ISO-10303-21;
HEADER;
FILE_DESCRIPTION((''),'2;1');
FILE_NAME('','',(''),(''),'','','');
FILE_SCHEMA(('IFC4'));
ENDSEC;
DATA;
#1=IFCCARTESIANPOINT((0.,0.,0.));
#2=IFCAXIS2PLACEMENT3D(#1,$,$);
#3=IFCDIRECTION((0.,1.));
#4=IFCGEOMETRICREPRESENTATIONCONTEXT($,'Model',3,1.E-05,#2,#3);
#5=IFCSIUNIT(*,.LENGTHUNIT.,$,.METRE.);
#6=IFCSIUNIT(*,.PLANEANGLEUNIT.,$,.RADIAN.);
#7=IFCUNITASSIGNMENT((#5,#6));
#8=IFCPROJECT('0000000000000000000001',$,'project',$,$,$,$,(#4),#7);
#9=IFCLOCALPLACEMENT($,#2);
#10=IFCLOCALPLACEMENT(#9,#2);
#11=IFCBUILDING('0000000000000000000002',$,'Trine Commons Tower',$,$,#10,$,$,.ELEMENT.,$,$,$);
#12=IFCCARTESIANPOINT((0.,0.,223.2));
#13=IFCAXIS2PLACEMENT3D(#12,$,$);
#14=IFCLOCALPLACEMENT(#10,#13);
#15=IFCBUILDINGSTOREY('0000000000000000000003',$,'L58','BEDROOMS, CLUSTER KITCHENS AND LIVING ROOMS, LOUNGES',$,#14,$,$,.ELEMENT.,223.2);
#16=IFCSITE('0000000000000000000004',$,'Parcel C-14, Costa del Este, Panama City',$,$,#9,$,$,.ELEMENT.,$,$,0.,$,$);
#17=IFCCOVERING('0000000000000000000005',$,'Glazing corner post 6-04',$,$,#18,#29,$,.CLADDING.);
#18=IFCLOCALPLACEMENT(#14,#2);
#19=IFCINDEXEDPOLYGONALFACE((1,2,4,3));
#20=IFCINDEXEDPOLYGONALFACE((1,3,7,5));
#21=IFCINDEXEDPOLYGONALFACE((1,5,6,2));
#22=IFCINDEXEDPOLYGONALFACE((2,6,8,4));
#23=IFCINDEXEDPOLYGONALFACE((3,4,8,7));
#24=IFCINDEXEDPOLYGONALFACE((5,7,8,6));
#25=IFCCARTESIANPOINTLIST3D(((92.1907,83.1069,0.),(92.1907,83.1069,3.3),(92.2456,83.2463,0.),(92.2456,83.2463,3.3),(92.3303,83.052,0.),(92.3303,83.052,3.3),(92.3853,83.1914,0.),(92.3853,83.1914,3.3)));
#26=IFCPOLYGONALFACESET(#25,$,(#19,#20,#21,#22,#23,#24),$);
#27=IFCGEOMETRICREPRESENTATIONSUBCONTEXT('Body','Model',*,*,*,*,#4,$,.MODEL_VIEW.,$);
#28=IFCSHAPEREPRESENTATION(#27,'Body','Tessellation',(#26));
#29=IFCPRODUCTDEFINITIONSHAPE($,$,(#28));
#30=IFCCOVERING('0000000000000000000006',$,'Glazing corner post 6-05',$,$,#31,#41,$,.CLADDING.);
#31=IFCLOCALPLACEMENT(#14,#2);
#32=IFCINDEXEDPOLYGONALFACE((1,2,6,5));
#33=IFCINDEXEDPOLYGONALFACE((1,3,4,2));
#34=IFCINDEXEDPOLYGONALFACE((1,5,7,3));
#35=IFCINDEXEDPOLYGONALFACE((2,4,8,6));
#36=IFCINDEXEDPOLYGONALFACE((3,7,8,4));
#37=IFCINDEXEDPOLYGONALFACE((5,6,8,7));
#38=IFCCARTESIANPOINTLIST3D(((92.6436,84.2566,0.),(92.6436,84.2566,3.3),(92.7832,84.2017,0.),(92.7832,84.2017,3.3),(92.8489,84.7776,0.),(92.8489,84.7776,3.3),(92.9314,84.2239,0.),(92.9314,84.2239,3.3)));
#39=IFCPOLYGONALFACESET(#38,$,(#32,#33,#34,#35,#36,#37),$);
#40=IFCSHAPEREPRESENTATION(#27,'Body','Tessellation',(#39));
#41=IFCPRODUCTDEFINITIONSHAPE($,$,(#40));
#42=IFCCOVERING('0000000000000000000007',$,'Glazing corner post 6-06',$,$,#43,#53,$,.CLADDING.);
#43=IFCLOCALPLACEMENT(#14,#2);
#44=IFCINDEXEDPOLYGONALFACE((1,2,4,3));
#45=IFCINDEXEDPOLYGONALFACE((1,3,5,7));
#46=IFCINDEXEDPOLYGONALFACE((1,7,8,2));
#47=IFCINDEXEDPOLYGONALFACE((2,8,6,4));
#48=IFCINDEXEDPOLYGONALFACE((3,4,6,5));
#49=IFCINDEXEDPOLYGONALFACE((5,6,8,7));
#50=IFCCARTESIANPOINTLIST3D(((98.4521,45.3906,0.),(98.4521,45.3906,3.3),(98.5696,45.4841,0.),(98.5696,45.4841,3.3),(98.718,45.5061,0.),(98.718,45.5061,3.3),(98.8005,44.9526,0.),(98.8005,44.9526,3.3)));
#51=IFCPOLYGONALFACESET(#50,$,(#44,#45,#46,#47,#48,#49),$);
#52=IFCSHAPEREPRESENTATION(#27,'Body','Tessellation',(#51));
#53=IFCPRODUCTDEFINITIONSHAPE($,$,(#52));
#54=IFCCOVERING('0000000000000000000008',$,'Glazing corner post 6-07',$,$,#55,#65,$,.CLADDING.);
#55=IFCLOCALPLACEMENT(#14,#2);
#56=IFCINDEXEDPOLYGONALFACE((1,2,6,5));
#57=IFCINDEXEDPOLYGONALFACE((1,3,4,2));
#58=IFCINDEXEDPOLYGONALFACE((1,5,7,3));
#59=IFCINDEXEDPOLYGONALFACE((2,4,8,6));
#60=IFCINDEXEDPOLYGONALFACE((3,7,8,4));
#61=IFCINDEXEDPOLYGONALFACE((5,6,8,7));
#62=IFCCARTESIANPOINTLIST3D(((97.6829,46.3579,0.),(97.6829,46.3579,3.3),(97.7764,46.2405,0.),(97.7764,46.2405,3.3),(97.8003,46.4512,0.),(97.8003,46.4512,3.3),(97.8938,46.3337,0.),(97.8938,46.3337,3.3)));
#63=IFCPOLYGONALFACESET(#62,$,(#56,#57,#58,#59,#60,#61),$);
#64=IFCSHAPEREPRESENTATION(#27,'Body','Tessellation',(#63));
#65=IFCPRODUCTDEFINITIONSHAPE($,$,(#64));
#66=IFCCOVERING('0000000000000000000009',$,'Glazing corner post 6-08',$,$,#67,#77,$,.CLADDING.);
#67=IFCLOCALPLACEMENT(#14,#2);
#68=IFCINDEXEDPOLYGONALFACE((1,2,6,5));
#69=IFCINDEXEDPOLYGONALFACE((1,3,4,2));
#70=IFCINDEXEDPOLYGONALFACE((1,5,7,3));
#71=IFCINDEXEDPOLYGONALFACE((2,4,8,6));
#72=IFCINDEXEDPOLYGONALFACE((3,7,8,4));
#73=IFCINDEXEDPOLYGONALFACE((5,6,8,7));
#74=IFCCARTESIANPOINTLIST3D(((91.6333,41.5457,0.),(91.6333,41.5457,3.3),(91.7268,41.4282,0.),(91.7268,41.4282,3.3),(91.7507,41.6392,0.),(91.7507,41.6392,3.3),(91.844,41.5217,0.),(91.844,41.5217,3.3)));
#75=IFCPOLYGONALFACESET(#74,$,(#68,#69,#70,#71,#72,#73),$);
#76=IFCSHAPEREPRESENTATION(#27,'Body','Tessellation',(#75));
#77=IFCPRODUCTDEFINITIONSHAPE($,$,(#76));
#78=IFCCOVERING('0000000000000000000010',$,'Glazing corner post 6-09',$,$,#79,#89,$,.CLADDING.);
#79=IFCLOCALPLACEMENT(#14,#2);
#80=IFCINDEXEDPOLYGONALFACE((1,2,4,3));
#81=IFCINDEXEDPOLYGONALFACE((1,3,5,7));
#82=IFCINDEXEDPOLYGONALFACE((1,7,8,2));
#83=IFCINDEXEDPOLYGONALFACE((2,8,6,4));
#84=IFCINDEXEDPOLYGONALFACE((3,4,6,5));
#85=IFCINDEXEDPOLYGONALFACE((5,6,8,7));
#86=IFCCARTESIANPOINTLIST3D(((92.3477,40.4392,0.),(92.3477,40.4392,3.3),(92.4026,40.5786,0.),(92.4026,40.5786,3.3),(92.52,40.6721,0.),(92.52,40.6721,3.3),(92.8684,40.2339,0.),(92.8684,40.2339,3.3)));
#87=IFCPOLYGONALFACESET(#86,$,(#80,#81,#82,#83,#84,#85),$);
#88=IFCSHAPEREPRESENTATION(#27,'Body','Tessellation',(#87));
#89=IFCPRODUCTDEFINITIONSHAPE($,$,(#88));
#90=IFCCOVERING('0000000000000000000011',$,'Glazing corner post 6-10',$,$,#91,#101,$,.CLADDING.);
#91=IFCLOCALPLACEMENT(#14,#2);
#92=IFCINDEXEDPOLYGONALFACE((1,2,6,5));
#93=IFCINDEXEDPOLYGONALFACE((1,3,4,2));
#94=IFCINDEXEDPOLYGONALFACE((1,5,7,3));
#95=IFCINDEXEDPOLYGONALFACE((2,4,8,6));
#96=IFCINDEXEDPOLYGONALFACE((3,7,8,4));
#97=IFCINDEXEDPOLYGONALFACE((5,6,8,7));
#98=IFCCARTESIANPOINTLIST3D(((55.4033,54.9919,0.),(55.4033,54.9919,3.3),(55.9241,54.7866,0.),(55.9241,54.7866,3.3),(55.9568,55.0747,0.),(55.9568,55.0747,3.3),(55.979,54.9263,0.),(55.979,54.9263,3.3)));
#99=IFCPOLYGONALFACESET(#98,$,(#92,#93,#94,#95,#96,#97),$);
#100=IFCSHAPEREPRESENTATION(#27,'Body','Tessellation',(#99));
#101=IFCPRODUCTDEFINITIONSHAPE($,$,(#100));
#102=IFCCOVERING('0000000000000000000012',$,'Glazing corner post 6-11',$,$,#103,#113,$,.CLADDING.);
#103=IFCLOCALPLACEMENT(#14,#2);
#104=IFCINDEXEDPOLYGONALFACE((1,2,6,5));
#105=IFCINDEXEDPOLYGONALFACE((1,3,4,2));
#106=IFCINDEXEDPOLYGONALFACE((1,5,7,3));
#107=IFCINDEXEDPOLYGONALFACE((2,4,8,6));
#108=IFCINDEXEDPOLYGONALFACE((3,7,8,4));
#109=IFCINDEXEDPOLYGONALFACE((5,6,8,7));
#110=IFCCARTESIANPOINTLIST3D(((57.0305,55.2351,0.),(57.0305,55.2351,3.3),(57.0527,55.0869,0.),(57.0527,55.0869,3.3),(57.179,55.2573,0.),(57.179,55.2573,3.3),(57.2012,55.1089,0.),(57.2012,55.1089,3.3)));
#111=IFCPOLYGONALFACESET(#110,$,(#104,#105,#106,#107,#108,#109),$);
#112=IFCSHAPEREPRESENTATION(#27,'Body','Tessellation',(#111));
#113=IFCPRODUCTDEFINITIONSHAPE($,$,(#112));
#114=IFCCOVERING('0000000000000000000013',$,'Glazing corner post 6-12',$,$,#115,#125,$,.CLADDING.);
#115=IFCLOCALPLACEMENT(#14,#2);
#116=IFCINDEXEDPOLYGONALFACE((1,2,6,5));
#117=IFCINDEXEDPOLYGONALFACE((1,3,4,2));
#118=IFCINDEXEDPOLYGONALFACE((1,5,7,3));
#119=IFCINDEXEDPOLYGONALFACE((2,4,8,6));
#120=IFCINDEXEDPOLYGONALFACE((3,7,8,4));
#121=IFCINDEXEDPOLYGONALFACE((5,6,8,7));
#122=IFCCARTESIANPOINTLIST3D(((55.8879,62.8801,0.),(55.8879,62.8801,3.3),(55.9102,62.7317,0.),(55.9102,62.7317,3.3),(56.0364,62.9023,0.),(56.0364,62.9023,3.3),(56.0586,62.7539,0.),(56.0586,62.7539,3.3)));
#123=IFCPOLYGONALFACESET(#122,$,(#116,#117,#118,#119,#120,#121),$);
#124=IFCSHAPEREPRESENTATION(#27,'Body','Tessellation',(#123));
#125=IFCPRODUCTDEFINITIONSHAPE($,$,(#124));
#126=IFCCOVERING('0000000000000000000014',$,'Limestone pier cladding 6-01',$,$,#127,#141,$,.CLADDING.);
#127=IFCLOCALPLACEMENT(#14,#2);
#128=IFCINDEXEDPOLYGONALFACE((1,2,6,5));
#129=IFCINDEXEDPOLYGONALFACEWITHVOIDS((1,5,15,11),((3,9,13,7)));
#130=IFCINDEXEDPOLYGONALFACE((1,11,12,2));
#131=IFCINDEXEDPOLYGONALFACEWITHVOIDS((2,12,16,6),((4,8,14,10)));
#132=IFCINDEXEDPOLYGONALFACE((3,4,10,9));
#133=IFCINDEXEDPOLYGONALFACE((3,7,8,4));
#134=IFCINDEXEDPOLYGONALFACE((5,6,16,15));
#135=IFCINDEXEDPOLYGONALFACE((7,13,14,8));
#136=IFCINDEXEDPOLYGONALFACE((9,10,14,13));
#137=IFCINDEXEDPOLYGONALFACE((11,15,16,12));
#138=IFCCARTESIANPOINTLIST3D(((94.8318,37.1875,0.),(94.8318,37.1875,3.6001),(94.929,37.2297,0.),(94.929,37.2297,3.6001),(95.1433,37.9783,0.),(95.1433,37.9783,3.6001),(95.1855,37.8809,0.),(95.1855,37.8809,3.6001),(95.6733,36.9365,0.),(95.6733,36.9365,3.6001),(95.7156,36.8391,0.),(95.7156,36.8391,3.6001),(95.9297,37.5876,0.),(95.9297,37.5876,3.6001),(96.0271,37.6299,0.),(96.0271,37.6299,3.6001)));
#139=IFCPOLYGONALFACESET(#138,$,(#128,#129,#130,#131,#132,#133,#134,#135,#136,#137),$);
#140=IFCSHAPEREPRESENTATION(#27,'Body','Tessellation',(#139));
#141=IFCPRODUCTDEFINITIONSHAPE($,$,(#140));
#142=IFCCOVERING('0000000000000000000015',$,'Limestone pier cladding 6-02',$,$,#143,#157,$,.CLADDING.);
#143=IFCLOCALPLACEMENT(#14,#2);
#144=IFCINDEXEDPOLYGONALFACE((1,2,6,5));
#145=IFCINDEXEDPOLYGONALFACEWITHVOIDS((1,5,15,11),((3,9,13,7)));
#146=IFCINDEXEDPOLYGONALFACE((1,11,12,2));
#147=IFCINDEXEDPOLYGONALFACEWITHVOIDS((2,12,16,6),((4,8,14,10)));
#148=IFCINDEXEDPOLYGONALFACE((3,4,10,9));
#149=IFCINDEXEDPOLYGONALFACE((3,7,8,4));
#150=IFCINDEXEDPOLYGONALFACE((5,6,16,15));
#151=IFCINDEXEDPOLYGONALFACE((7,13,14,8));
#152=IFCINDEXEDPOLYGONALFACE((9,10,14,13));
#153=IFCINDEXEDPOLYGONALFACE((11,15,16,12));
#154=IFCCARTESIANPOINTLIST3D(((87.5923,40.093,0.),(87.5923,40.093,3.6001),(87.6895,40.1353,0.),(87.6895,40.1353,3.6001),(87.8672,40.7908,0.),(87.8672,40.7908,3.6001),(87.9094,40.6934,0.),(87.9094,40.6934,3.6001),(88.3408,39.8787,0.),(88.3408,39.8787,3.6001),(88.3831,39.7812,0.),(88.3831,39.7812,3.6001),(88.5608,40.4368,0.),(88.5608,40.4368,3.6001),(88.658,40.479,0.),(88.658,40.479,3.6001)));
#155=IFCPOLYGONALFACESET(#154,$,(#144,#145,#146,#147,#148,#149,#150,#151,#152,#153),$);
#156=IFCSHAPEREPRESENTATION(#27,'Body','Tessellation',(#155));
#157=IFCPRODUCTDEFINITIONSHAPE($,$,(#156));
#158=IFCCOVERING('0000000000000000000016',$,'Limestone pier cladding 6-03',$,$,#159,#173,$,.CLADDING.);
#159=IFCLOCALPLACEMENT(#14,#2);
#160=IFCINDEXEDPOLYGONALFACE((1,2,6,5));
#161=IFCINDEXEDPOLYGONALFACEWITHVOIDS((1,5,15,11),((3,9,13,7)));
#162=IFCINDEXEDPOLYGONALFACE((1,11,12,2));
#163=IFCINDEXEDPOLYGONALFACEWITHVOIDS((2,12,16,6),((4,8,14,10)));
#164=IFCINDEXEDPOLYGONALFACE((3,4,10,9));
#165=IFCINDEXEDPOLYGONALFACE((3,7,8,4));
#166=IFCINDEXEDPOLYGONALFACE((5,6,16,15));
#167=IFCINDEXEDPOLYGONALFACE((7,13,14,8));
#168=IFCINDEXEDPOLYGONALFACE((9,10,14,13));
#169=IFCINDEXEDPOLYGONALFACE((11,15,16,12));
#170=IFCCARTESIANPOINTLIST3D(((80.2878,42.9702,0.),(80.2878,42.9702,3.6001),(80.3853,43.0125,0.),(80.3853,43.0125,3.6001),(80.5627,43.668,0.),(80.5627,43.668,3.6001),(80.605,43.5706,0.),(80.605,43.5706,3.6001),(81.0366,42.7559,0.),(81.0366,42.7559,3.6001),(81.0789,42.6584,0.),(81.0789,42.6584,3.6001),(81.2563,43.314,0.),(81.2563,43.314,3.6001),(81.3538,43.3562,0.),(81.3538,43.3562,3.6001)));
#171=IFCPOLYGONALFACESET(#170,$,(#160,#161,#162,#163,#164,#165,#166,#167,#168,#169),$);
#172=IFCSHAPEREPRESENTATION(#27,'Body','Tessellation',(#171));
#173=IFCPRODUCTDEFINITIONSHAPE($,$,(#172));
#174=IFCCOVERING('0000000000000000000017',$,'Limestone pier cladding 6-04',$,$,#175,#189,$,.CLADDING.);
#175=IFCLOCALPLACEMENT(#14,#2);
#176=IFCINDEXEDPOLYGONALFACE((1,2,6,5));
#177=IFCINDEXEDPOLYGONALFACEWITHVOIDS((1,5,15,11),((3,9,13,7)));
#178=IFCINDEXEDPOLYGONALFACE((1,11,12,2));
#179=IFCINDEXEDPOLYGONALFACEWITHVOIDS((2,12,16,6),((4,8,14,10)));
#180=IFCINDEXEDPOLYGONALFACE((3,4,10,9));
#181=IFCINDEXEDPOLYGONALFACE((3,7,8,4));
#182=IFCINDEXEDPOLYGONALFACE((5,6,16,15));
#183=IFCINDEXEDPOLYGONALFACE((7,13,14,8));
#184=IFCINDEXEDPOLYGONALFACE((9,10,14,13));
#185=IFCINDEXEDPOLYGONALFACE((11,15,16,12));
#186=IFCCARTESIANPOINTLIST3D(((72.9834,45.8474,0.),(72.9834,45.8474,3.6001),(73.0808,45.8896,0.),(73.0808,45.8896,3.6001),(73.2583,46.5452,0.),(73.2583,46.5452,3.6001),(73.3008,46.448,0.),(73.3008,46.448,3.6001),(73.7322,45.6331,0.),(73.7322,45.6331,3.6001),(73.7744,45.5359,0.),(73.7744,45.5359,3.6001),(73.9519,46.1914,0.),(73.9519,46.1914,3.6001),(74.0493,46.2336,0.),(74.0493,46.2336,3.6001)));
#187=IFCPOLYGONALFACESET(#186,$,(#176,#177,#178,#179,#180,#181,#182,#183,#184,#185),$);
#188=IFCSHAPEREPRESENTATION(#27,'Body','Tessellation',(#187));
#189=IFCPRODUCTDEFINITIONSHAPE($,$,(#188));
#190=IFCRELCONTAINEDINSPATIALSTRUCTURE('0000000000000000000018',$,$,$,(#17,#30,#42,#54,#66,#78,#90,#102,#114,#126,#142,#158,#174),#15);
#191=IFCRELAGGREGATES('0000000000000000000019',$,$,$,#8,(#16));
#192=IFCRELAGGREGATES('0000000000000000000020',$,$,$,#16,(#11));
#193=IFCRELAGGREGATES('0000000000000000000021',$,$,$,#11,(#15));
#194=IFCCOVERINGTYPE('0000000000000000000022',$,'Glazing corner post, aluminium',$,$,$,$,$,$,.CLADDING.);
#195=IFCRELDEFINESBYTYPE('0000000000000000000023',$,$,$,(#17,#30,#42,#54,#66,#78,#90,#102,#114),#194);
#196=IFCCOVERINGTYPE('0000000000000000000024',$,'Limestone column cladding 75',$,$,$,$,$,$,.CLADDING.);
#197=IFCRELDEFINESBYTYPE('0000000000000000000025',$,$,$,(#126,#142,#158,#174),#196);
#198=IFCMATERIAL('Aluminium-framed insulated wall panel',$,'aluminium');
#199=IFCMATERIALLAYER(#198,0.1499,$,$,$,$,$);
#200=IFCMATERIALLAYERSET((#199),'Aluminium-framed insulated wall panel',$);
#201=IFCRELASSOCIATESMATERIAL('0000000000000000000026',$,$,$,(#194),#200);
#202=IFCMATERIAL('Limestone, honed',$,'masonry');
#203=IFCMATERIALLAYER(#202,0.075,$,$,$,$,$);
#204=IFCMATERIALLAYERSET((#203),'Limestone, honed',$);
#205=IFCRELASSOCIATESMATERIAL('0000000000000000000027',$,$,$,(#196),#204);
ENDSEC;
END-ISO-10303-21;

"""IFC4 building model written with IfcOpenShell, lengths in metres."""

from ifc_helpers import new_model, si_unit, direction, frame, origin, place, context, subcontext, project, spatial, polyline, outline, extrude, material, layer, layer_set, type_object, element, save


model = new_model("IFC4")

# Units and contexts
model_context = context("Model", 3, precision=1e-05, world=origin(), true_north=direction((0.0, 1.0)))
body_context = subcontext(model_context, "Body", "Model", "MODEL_VIEW")
ifc_project = project(units=[si_unit("LENGTHUNIT", "METRE"), si_unit("PLANEANGLEUNIT", "RADIAN")], contexts=[model_context])

# Site, building, storey
site_placement = place(None, origin())
site = spatial("IfcSite", under=ifc_project, at=site_placement, Name="Parcel C-14, Costa del Este, Panama City", CompositionType="ELEMENT", RefElevation=0.0)
building_placement = place(site_placement, origin())
building = spatial("IfcBuilding", under=site, at=building_placement, Name="Trine Commons Tower", CompositionType="ELEMENT")
storey_placement = place(building_placement, frame((0.0, 0.0, 223.2)))
storey = spatial("IfcBuildingStorey", under=building, at=storey_placement, Name="L58", Description="BEDROOMS, CLUSTER KITCHENS AND LIVING ROOMS, LOUNGES", CompositionType="ELEMENT", Elevation=223.2)

# Coverings
ifc_material_1 = material(Name="Aluminium-framed insulated wall panel", Category="aluminium")
ifc_layer_1 = layer(ifc_material_1, 0.1499)
ifc_layer_set_1 = layer_set([ifc_layer_1], Name="Aluminium-framed insulated wall panel")
covering_type_1 = type_object("IfcCoveringType", Name="Glazing corner post, aluminium", PredefinedType="CLADDING", material=ifc_layer_set_1)
covering_1_placement = place(storey_placement, origin())
element("IfcCovering", 1, at=covering_1_placement, inside=storey, type_object=covering_type_1, Name="Glazing corner post 6-04", PredefinedType="CLADDING", context=body_context, shape_type="SweptSolid", body=[
    extrude(outline(polyline([(92.1907, 83.1069), (92.3303, 83.052), (92.3853, 83.1914), (92.2456, 83.2463), (92.1907, 83.1069)])), origin(), (0.0, 0.0, 1.0), 3.3),
])
covering_2_placement = place(storey_placement, origin())
element("IfcCovering", 2, at=covering_2_placement, inside=storey, type_object=covering_type_1, Name="Glazing corner post 6-05", PredefinedType="CLADDING", context=body_context, shape_type="SweptSolid", body=[
    extrude(outline(polyline([(92.6436, 84.2566), (92.7832, 84.2017), (92.9314, 84.2239), (92.8489, 84.7776), (92.6436, 84.2566)])), origin(), (0.0, 0.0, 1.0), 3.3),
])
covering_3_placement = place(storey_placement, origin())
element("IfcCovering", 3, at=covering_3_placement, inside=storey, type_object=covering_type_1, Name="Glazing corner post 6-06", PredefinedType="CLADDING", context=body_context, shape_type="SweptSolid", body=[
    extrude(outline(polyline([(98.4521, 45.3906), (98.8005, 44.9526), (98.718, 45.5061), (98.5696, 45.4841), (98.4521, 45.3906)])), origin(), (0.0, 0.0, 1.0), 3.3),
])
covering_4_placement = place(storey_placement, origin())
element("IfcCovering", 4, at=covering_4_placement, inside=storey, type_object=covering_type_1, Name="Glazing corner post 6-07", PredefinedType="CLADDING", context=body_context, shape_type="SweptSolid", body=[
    extrude(outline(polyline([(97.6829, 46.3579), (97.7764, 46.2405), (97.7764, 46.2405), (97.8938, 46.3337), (97.8003, 46.4512), (97.8003, 46.4512), (97.6829, 46.3579)])), origin(), (0.0, 0.0, 1.0), 3.3),
])
covering_5_placement = place(storey_placement, origin())
element("IfcCovering", 5, at=covering_5_placement, inside=storey, type_object=covering_type_1, Name="Glazing corner post 6-08", PredefinedType="CLADDING", context=body_context, shape_type="SweptSolid", body=[
    extrude(outline(polyline([(91.7268, 41.4282), (91.844, 41.5217), (91.7507, 41.6392), (91.6333, 41.5457), (91.7268, 41.4282)])), origin(), (0.0, 0.0, 1.0), 3.3),
])
covering_6_placement = place(storey_placement, origin())
element("IfcCovering", 6, at=covering_6_placement, inside=storey, type_object=covering_type_1, Name="Glazing corner post 6-09", PredefinedType="CLADDING", context=body_context, shape_type="SweptSolid", body=[
    extrude(outline(polyline([(92.3477, 40.4392), (92.8684, 40.2339), (92.52, 40.6721), (92.4026, 40.5786), (92.3477, 40.4392)])), origin(), (0.0, 0.0, 1.0), 3.3),
])
covering_7_placement = place(storey_placement, origin())
element("IfcCovering", 7, at=covering_7_placement, inside=storey, type_object=covering_type_1, Name="Glazing corner post 6-10", PredefinedType="CLADDING", context=body_context, shape_type="SweptSolid", body=[
    extrude(outline(polyline([(55.9241, 54.7866), (55.979, 54.9263), (55.9568, 55.0747), (55.4033, 54.9919), (55.9241, 54.7866)])), origin(), (0.0, 0.0, 1.0), 3.3),
])
covering_8_placement = place(storey_placement, origin())
element("IfcCovering", 8, at=covering_8_placement, inside=storey, type_object=covering_type_1, Name="Glazing corner post 6-11", PredefinedType="CLADDING", context=body_context, shape_type="SweptSolid", body=[
    extrude(outline(polyline([(57.0305, 55.2351), (57.0527, 55.0869), (57.2012, 55.1089), (57.179, 55.2573), (57.0305, 55.2351)])), origin(), (0.0, 0.0, 1.0), 3.3),
])
covering_9_placement = place(storey_placement, origin())
element("IfcCovering", 9, at=covering_9_placement, inside=storey, type_object=covering_type_1, Name="Glazing corner post 6-12", PredefinedType="CLADDING", context=body_context, shape_type="SweptSolid", body=[
    extrude(outline(polyline([(55.9102, 62.7317), (55.9102, 62.7317), (56.0586, 62.7539), (56.0364, 62.9023), (55.8879, 62.8801), (55.9102, 62.7317)])), origin(), (0.0, 0.0, 1.0), 3.3),
])
ifc_material_2 = material(Name="Limestone, honed", Category="masonry")
ifc_layer_2 = layer(ifc_material_2, 0.075)
ifc_layer_set_2 = layer_set([ifc_layer_2], Name="Limestone, honed")
covering_type_2 = type_object("IfcCoveringType", Name="Limestone column cladding 75", PredefinedType="CLADDING", material=ifc_layer_set_2)
covering_10_placement = place(storey_placement, origin())
element("IfcCovering", 10, at=covering_10_placement, inside=storey, type_object=covering_type_2, Name="Limestone pier cladding 6-01", PredefinedType="CLADDING", context=body_context, shape_type="SweptSolid", body=[
    extrude(outline(polyline([(95.1433, 37.9783), (94.8318, 37.1875), (95.7156, 36.8391), (96.0271, 37.6299), (95.1433, 37.9783)]), holes=[polyline([(95.1855, 37.8809), (94.929, 37.2297), (95.6733, 36.9365), (95.9297, 37.5876), (95.1855, 37.8809)])]), origin(), (0.0, 0.0, 1.0), 3.6001),
])
covering_11_placement = place(storey_placement, origin())
element("IfcCovering", 11, at=covering_11_placement, inside=storey, type_object=covering_type_2, Name="Limestone pier cladding 6-02", PredefinedType="CLADDING", context=body_context, shape_type="SweptSolid", body=[
    extrude(outline(polyline([(87.8672, 40.7908), (87.5923, 40.093), (88.3831, 39.7812), (88.658, 40.479), (87.8672, 40.7908)]), holes=[polyline([(87.9094, 40.6934), (87.6895, 40.1353), (88.3408, 39.8787), (88.5608, 40.4368), (87.9094, 40.6934)])]), origin(), (0.0, 0.0, 1.0), 3.6001),
])
covering_12_placement = place(storey_placement, origin())
element("IfcCovering", 12, at=covering_12_placement, inside=storey, type_object=covering_type_2, Name="Limestone pier cladding 6-03", PredefinedType="CLADDING", context=body_context, shape_type="SweptSolid", body=[
    extrude(outline(polyline([(80.5627, 43.668), (80.2878, 42.9702), (81.0789, 42.6584), (81.3538, 43.3562), (80.5627, 43.668)]), holes=[polyline([(80.605, 43.5706), (80.3853, 43.0125), (81.0366, 42.7559), (81.2563, 43.314), (80.605, 43.5706)])]), origin(), (0.0, 0.0, 1.0), 3.6001),
])
covering_13_placement = place(storey_placement, origin())
element("IfcCovering", 13, at=covering_13_placement, inside=storey, type_object=covering_type_2, Name="Limestone pier cladding 6-04", PredefinedType="CLADDING", context=body_context, shape_type="SweptSolid", body=[
    extrude(outline(polyline([(73.2583, 46.5452), (72.9834, 45.8474), (73.7744, 45.5359), (74.0493, 46.2336), (73.2583, 46.5452)]), holes=[polyline([(73.3008, 46.448), (73.0808, 45.8896), (73.7322, 45.6331), (73.9519, 46.1914), (73.3008, 46.448)])]), origin(), (0.0, 0.0, 1.0), 3.6001),
])

save(model, "model.ifc")
